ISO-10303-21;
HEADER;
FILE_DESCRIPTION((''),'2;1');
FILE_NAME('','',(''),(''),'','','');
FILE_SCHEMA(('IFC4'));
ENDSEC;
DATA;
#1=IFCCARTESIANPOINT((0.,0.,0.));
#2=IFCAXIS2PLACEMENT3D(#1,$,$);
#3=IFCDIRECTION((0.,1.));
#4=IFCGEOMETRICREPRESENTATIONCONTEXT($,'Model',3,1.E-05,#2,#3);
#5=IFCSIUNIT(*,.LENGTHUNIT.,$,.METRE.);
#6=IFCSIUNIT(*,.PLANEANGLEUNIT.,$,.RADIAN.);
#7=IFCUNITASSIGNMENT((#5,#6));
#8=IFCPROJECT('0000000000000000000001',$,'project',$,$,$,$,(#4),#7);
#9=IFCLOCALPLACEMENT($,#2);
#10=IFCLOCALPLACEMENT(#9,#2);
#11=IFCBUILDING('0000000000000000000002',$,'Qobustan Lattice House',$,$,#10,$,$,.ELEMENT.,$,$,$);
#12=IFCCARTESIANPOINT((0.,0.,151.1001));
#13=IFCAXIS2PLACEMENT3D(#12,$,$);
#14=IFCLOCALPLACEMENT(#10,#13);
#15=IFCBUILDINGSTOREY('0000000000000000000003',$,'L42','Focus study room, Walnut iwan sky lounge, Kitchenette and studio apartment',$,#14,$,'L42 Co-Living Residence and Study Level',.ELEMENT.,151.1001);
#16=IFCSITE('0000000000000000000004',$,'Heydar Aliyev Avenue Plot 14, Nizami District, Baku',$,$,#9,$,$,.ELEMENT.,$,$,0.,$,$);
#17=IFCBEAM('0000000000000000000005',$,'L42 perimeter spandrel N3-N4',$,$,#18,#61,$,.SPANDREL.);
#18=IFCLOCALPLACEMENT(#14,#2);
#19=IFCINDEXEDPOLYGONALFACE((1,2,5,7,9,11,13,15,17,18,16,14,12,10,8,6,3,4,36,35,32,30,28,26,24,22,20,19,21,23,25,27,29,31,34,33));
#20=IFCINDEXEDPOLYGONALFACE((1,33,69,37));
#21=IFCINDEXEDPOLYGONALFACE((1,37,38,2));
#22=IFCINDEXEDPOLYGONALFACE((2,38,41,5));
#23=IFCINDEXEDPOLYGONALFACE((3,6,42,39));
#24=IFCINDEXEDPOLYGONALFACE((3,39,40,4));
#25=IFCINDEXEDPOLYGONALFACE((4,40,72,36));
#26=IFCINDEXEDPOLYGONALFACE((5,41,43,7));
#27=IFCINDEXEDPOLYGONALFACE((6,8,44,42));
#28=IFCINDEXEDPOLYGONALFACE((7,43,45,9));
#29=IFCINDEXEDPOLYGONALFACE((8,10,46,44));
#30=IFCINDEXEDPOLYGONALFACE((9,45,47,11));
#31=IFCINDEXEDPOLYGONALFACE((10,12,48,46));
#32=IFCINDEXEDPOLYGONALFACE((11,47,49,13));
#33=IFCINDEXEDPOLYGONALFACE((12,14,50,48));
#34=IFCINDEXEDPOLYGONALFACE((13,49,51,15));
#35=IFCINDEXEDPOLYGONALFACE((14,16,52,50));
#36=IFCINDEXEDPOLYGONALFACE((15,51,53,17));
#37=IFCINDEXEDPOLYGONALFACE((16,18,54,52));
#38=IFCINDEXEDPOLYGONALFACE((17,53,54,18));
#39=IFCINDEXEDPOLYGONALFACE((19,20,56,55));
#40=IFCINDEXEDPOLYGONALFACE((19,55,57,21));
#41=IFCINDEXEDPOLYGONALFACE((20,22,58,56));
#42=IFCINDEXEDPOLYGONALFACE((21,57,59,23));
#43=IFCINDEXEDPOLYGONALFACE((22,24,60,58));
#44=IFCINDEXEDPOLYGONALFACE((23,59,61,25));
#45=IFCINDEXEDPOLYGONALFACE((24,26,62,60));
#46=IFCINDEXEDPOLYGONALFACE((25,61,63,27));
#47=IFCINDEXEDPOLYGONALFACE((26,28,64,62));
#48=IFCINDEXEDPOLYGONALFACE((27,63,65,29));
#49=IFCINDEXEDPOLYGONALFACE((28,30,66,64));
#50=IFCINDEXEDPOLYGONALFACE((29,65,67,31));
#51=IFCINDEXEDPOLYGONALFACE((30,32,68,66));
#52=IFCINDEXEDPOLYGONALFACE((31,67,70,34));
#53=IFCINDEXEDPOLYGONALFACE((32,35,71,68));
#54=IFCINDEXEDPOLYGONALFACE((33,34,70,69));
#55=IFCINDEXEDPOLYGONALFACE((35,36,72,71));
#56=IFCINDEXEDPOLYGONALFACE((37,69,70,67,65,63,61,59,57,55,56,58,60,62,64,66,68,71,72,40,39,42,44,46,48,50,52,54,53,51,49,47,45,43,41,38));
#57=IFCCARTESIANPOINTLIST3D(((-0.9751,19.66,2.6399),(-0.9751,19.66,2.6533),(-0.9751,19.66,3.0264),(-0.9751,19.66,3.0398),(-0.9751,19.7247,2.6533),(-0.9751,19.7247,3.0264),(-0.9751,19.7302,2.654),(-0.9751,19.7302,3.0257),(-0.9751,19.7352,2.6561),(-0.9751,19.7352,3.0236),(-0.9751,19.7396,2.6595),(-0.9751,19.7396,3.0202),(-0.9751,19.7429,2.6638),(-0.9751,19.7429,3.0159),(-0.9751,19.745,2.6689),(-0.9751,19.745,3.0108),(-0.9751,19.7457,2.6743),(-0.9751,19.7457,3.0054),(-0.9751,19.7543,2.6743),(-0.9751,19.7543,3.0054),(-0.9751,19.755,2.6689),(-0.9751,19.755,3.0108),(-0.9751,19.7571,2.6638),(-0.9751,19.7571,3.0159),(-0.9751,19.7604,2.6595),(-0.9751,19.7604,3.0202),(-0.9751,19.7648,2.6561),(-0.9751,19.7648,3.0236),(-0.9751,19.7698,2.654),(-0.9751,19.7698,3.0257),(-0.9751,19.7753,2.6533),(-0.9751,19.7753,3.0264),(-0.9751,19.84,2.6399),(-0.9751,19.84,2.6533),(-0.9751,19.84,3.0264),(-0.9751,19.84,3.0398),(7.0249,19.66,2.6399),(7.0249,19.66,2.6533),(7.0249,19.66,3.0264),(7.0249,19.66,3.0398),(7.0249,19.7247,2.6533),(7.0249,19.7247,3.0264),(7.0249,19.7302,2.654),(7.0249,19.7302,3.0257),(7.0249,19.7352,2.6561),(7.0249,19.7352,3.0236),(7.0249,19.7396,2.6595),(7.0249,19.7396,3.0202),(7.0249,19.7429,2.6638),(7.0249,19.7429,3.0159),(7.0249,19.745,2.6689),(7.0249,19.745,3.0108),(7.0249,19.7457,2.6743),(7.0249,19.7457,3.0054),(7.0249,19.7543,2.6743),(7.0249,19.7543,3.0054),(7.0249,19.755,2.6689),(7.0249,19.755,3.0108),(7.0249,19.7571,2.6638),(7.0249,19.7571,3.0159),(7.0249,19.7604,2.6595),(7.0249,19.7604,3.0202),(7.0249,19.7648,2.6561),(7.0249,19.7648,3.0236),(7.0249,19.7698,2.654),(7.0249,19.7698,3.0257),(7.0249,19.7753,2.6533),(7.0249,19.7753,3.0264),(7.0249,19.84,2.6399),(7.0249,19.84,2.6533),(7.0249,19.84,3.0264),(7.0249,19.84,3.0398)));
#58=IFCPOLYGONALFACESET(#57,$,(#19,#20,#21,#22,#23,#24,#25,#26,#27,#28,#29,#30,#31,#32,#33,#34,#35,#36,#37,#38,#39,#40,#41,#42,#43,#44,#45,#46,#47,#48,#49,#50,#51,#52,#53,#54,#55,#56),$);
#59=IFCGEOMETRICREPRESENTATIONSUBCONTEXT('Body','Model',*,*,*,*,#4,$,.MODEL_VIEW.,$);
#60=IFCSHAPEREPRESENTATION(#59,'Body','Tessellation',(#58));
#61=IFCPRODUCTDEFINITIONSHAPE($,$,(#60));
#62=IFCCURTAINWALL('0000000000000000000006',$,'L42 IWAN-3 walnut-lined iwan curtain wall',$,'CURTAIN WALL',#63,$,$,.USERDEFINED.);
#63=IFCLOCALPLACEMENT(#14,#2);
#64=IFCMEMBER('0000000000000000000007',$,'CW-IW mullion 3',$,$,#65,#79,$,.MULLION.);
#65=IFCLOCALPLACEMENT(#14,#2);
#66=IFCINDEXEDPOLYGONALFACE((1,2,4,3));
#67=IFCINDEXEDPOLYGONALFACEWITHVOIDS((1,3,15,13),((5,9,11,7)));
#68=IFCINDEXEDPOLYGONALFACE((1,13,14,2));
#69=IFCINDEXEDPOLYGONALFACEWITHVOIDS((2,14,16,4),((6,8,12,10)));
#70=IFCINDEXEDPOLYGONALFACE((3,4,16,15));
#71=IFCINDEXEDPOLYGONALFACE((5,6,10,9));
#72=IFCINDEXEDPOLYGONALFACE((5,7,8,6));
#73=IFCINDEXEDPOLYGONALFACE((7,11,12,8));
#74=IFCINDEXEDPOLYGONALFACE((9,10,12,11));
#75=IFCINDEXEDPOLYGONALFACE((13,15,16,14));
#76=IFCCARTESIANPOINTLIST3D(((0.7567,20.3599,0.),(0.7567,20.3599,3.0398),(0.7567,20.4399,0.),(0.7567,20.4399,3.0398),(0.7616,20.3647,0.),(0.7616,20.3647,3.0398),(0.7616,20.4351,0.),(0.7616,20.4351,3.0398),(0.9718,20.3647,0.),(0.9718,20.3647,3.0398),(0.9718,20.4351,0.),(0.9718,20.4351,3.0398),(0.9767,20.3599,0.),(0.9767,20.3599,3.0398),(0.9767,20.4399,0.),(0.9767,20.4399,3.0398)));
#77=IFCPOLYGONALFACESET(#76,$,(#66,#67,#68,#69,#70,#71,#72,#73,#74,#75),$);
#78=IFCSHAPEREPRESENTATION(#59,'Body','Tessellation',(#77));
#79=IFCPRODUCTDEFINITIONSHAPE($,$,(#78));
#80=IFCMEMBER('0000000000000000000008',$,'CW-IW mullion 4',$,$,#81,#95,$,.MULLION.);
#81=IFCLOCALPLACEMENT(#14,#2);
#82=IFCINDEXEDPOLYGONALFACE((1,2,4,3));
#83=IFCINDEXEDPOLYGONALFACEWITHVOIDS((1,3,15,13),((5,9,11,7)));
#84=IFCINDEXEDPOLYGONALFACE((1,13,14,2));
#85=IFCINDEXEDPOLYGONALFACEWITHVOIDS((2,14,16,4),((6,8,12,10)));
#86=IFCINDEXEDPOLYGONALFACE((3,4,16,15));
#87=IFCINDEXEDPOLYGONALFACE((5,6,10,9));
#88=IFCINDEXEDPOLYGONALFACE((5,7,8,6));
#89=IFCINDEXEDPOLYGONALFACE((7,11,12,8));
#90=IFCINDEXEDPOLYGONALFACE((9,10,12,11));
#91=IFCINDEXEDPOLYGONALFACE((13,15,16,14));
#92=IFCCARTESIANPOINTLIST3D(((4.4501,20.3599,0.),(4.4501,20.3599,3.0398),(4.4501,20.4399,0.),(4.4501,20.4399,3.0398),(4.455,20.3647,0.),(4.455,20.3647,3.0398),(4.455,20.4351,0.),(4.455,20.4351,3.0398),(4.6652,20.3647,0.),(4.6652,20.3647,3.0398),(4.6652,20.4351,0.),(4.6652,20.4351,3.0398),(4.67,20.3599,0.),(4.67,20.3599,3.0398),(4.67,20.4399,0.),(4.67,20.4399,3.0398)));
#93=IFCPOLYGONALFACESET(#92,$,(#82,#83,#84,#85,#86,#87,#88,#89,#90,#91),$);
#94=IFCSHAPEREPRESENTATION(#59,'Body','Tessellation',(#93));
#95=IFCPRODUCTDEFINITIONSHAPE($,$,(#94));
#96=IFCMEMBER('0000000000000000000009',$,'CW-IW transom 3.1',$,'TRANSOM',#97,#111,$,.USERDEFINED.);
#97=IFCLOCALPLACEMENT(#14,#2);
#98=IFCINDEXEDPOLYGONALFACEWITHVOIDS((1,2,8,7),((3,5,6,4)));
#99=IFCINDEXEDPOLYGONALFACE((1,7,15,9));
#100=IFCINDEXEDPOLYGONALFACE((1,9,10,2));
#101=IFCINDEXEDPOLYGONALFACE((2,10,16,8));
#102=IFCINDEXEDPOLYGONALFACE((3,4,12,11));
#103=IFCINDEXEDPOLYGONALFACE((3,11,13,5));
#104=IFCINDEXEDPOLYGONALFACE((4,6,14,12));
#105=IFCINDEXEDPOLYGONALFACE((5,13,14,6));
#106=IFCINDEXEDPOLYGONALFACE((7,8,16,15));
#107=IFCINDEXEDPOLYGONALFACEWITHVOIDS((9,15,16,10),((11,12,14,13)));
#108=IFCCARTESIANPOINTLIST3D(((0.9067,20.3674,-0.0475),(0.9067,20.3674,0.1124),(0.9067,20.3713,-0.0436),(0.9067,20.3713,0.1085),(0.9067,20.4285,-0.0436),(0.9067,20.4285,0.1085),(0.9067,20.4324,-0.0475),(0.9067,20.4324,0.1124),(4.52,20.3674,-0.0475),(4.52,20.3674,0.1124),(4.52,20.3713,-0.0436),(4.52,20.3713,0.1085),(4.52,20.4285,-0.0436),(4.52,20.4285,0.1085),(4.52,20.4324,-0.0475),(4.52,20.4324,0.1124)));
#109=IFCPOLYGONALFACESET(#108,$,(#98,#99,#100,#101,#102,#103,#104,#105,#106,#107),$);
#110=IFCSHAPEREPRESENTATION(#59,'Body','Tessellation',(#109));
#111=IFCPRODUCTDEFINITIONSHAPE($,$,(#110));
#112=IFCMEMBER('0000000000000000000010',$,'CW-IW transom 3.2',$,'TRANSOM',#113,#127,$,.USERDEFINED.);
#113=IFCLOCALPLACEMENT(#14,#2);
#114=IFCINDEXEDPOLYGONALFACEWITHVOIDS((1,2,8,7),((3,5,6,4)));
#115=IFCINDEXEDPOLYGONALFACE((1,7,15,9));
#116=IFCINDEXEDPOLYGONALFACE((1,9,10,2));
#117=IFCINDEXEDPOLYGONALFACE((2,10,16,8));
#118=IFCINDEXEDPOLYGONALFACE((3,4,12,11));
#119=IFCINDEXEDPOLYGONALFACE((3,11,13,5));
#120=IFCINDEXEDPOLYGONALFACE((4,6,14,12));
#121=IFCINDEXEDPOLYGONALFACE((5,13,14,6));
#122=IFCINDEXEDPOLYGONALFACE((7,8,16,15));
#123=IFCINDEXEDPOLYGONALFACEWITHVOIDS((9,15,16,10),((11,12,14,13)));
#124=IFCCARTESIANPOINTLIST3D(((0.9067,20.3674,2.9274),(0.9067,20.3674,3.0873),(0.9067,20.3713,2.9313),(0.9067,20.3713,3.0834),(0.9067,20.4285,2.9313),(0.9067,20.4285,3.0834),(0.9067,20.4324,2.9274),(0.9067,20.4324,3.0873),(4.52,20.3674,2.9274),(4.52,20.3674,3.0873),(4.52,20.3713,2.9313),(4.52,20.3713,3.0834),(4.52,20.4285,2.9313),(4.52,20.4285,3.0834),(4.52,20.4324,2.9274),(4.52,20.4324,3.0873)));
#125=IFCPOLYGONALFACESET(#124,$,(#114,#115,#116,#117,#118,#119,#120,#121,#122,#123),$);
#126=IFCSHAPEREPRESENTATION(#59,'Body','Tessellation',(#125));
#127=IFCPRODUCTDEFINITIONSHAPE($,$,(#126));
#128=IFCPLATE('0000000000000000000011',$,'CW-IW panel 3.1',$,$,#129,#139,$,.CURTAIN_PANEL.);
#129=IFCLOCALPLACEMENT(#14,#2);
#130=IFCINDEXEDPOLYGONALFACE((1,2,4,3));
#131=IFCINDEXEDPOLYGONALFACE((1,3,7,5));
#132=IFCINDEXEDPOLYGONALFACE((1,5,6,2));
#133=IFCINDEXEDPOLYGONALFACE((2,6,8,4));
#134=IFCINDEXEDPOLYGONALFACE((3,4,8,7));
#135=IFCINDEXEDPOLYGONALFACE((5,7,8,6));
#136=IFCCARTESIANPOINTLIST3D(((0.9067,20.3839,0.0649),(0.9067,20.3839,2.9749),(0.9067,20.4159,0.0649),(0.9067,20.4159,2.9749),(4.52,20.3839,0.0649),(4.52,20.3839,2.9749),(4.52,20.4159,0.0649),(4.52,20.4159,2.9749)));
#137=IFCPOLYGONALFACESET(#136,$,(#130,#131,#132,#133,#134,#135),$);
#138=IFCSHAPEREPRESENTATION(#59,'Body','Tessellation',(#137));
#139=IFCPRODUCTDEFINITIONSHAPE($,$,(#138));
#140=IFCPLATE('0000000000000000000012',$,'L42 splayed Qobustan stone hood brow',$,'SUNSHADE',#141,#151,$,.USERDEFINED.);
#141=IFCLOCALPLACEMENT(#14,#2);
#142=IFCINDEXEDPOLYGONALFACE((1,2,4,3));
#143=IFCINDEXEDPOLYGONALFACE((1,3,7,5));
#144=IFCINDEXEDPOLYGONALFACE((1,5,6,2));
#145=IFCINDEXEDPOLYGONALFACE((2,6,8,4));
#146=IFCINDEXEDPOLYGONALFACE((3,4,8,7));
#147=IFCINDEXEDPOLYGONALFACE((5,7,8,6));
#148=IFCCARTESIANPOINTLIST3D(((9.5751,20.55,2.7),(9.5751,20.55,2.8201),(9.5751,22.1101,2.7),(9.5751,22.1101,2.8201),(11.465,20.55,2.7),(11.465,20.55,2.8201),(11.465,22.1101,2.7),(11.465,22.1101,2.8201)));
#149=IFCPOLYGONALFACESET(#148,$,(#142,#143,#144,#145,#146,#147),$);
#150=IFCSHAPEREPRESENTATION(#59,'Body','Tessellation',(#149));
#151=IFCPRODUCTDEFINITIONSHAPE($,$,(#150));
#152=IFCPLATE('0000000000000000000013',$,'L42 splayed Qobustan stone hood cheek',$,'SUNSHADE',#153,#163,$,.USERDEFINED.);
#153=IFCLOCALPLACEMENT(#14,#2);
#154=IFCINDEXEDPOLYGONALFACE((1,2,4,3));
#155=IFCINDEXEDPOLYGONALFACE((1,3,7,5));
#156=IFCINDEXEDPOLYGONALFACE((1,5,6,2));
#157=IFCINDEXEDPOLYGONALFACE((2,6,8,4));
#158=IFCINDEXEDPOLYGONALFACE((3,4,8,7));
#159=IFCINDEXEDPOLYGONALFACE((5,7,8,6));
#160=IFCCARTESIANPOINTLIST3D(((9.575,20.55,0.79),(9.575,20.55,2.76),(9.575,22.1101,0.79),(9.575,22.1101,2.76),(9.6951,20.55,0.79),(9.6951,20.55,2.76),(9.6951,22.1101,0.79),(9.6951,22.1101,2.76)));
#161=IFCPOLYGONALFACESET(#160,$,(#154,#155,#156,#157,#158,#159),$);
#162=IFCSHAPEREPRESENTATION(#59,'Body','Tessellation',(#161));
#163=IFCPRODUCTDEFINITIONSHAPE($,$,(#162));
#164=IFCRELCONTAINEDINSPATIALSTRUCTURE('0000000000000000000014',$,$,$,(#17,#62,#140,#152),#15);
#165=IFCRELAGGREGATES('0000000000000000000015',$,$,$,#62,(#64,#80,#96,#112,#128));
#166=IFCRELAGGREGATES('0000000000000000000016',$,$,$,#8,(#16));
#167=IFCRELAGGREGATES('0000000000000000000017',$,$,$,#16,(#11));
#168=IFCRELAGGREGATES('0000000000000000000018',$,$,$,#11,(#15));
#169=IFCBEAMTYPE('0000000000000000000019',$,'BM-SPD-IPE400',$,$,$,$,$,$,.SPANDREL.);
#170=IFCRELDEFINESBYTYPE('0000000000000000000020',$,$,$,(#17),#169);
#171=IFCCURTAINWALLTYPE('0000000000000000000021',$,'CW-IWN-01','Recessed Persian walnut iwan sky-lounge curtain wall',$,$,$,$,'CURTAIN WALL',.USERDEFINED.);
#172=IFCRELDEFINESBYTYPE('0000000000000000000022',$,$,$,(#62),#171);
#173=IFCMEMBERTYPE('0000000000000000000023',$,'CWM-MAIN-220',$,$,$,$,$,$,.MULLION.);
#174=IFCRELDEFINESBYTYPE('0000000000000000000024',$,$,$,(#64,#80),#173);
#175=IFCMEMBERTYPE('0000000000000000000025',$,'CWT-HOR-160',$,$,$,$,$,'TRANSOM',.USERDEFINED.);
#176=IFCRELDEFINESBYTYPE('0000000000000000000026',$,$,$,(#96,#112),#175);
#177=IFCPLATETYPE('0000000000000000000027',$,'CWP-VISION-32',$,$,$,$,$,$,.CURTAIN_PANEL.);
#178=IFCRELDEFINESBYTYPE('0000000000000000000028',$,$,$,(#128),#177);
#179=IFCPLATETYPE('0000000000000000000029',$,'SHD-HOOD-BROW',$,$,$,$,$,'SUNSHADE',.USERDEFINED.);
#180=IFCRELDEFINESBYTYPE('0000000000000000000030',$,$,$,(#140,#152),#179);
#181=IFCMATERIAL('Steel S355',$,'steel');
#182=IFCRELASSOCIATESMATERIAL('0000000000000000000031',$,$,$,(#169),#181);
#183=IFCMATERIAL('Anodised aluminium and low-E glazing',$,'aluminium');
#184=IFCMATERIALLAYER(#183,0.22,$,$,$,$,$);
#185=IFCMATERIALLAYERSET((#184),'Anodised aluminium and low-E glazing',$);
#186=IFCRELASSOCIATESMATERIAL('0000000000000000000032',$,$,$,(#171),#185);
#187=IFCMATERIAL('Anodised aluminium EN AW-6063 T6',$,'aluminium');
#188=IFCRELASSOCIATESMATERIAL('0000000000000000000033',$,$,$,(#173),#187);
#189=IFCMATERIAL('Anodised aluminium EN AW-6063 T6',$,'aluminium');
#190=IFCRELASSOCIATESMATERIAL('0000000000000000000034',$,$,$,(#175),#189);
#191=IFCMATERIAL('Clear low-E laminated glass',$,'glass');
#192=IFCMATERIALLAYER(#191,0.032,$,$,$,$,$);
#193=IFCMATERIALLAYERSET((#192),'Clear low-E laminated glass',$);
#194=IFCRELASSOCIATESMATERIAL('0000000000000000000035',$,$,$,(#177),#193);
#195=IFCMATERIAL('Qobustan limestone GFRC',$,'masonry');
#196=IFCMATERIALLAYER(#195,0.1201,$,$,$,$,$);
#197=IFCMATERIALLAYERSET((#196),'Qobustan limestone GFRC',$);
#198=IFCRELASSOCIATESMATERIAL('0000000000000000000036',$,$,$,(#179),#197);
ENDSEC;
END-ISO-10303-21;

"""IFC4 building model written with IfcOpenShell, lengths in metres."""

from ifc_helpers import new_model, si_unit, direction, frame, origin, origin_2d, place, context, subcontext, project, spatial, rectangle, hollow_rectangle, i_section, extrude, material, layer, layer_set, material_profile, profile_set, type_object, element, aggregate, save


model = new_model("IFC4")

# Units and contexts
model_context = context("Model", 3, precision=1e-05, world=origin(), true_north=direction((0.0, 1.0)))
body_context = subcontext(model_context, "Body", "Model", "MODEL_VIEW")
ifc_project = project(units=[si_unit("LENGTHUNIT", "METRE"), si_unit("PLANEANGLEUNIT", "RADIAN")], contexts=[model_context])

# Site, building, storey
site_placement = place(None, origin())
site = spatial("IfcSite", under=ifc_project, at=site_placement, Name="Heydar Aliyev Avenue Plot 14, Nizami District, Baku", CompositionType="ELEMENT", RefElevation=0.0)
building_placement = place(site_placement, origin())
building = spatial("IfcBuilding", under=site, at=building_placement, Name="Qobustan Lattice House", CompositionType="ELEMENT")
storey_placement = place(building_placement, frame((0.0, 0.0, 151.1001)))
storey = spatial("IfcBuildingStorey", under=building, at=storey_placement, Name="L42", Description="Focus study room, Walnut iwan sky lounge, Kitchenette and studio apartment", LongName="L42 Co-Living Residence and Study Level", CompositionType="ELEMENT", Elevation=151.1001)

# Beam
ifc_material_1 = material(Name="Steel S355", Category="steel")
ifc_material_profile_1 = material_profile(ifc_material_1, i_section(OverallWidth=0.1799, OverallDepth=0.3999, WebThickness=0.0085, FlangeThickness=0.0134, FilletRadius=0.021, at=origin_2d()), Name="IPE400")
ifc_profile_set_1 = profile_set([ifc_material_profile_1], Name="Steel S355")
beam_type_1 = type_object("IfcBeamType", Name="BM-SPD-IPE400", PredefinedType="SPANDREL", material=ifc_profile_set_1)
for number, where, z_axis, x_axis, name in (
    (1, (7.0249, 19.75, 2.8398), (-1.0, 0.0, 0.0), (0.0, -1.0, 0.0), "L42 perimeter spandrel N3-N4"),
):
    element("IfcBeam", number, at=place(storey_placement, frame(where, z_axis=z_axis, x_axis=x_axis)), inside=storey, type_object=beam_type_1, Name=name, PredefinedType="SPANDREL", context=body_context, shape_type="SweptSolid", body=[
        extrude(i_section(OverallWidth=0.1799, OverallDepth=0.3999, WebThickness=0.0085, FlangeThickness=0.0134, FilletRadius=0.021, at=origin_2d()), origin(), (0.0, 0.0, 1.0), 8.0),
    ])

# Curtain wall, members, plate
ifc_material_2 = material(Name="Anodised aluminium and low-E glazing", Category="aluminium")
ifc_layer_1 = layer(ifc_material_2, 0.22)
ifc_layer_set_1 = layer_set([ifc_layer_1], Name="Anodised aluminium and low-E glazing")
curtain_wall_type = type_object("IfcCurtainWallType", Name="CW-IWN-01", Description="Recessed Persian walnut iwan sky-lounge curtain wall", ElementType="CURTAIN WALL", PredefinedType="USERDEFINED", material=ifc_layer_set_1)
curtain_wall_placement = place(storey_placement, origin())
curtain_wall = element("IfcCurtainWall", 2, at=curtain_wall_placement, inside=storey, type_object=curtain_wall_type, Name="L42 IWAN-3 walnut-lined iwan curtain wall", ObjectType="CURTAIN WALL", PredefinedType="USERDEFINED")
ifc_material_3 = material(Name="Anodised aluminium EN AW-6063 T6", Category="aluminium")
ifc_material_profile_2 = material_profile(ifc_material_3, hollow_rectangle(XDim=0.0801, YDim=0.22, WallThickness=0.0049, at=origin_2d()), Name="CWM-220x80")
ifc_profile_set_2 = profile_set([ifc_material_profile_2], Name="Anodised aluminium EN AW-6063 T6")
member_type_1 = type_object("IfcMemberType", Name="CWM-MAIN-220", PredefinedType="MULLION", material=ifc_profile_set_2)
member_1_placement = place(storey_placement, frame((0.8667, 20.3999, 0.0), z_axis=(0.0, 0.0, 1.0), x_axis=(0.0, 1.0, 0.0)))
member_1 = element("IfcMember", 3, at=member_1_placement, type_object=member_type_1, Name="CW-IW mullion 3", PredefinedType="MULLION", context=body_context, shape_type="SweptSolid", body=[
    extrude(hollow_rectangle(XDim=0.0801, YDim=0.22, WallThickness=0.0049, at=origin_2d()), origin(), (0.0, 0.0, 1.0), 3.0398),
])
member_2_placement = place(storey_placement, frame((4.5601, 20.3999, 0.0), z_axis=(0.0, 0.0, 1.0), x_axis=(0.0, 1.0, 0.0)))
member_2 = element("IfcMember", 4, at=member_2_placement, type_object=member_type_1, Name="CW-IW mullion 4", PredefinedType="MULLION", context=body_context, shape_type="SweptSolid", body=[
    extrude(hollow_rectangle(XDim=0.0801, YDim=0.22, WallThickness=0.0049, at=origin_2d()), origin(), (0.0, 0.0, 1.0), 3.0398),
])
ifc_material_4 = material(Name="Anodised aluminium EN AW-6063 T6", Category="aluminium")
ifc_material_profile_3 = material_profile(ifc_material_4, hollow_rectangle(XDim=0.0649, YDim=0.1599, WallThickness=0.0039, at=origin_2d()), Name="CWT-160x65")
ifc_profile_set_3 = profile_set([ifc_material_profile_3], Name="Anodised aluminium EN AW-6063 T6")
member_type_2 = type_object("IfcMemberType", Name="CWT-HOR-160", ElementType="TRANSOM", PredefinedType="USERDEFINED", material=ifc_profile_set_3)
member_3_placement = place(storey_placement, frame((0.9067, 20.3999, 0.0325), z_axis=(1.0, 0.0, 0.0), x_axis=(0.0, 1.0, 0.0)))
member_3 = element("IfcMember", 5, at=member_3_placement, type_object=member_type_2, Name="CW-IW transom 3.1", ObjectType="TRANSOM", PredefinedType="USERDEFINED", context=body_context, shape_type="SweptSolid", body=[
    extrude(hollow_rectangle(XDim=0.0649, YDim=0.1599, WallThickness=0.0039, at=origin_2d()), origin(), (0.0, 0.0, 1.0), 3.6133),
])
member_4_placement = place(storey_placement, frame((0.9067, 20.3999, 3.0073), z_axis=(1.0, 0.0, 0.0), x_axis=(0.0, 1.0, 0.0)))
member_4 = element("IfcMember", 6, at=member_4_placement, type_object=member_type_2, Name="CW-IW transom 3.2", ObjectType="TRANSOM", PredefinedType="USERDEFINED", context=body_context, shape_type="SweptSolid", body=[
    extrude(hollow_rectangle(XDim=0.0649, YDim=0.1599, WallThickness=0.0039, at=origin_2d()), origin(), (0.0, 0.0, 1.0), 3.6133),
])
ifc_material_5 = material(Name="Clear low-E laminated glass", Category="glass")
ifc_layer_2 = layer(ifc_material_5, 0.032)
ifc_layer_set_2 = layer_set([ifc_layer_2], Name="Clear low-E laminated glass")
plate_type_1 = type_object("IfcPlateType", Name="CWP-VISION-32", PredefinedType="CURTAIN_PANEL", material=ifc_layer_set_2)
plate_1_placement = place(storey_placement, frame((2.7134, 20.3999, 0.0649), z_axis=(0.0, 0.0, 1.0), x_axis=(1.0, 0.0, 0.0)))
plate_1 = element("IfcPlate", 7, at=plate_1_placement, type_object=plate_type_1, Name="CW-IW panel 3.1", PredefinedType="CURTAIN_PANEL", context=body_context, shape_type="SweptSolid", body=[
    extrude(rectangle(XDim=3.6133, YDim=0.032, at=origin_2d()), origin(), (0.0, 0.0, 1.0), 2.9099),
])
aggregate(curtain_wall, [member_1, member_2, member_3, member_4, plate_1])

# Plates
ifc_material_6 = material(Name="Qobustan limestone GFRC", Category="masonry")
ifc_layer_3 = layer(ifc_material_6, 0.1201)
ifc_layer_set_3 = layer_set([ifc_layer_3], Name="Qobustan limestone GFRC")
plate_type_2 = type_object("IfcPlateType", Name="SHD-HOOD-BROW", ElementType="SUNSHADE", PredefinedType="USERDEFINED", material=ifc_layer_set_3)
plate_2_placement = place(storey_placement, frame((10.52, 21.3301, 2.7), z_axis=(0.0, 0.0, 1.0), x_axis=(1.0, 0.0, 0.0)))
element("IfcPlate", 8, at=plate_2_placement, inside=storey, type_object=plate_type_2, Name="L42 splayed Qobustan stone hood brow", ObjectType="SUNSHADE", PredefinedType="USERDEFINED", context=body_context, shape_type="SweptSolid", body=[
    extrude(rectangle(XDim=1.8899, YDim=1.5601, at=origin_2d()), origin(), (0.0, 0.0, 1.0), 0.1201),
])
plate_3_placement = place(storey_placement, frame((9.635, 21.3301, 0.79), z_axis=(0.0, 0.0, 1.0), x_axis=(1.0, 0.0, 0.0)))
element("IfcPlate", 9, at=plate_3_placement, inside=storey, type_object=plate_type_2, Name="L42 splayed Qobustan stone hood cheek", ObjectType="SUNSHADE", PredefinedType="USERDEFINED", context=body_context, shape_type="SweptSolid", body=[
    extrude(rectangle(XDim=0.1201, YDim=1.5601, at=origin_2d()), origin(), (0.0, 0.0, 1.0), 1.97),
])

save(model, "model.ifc")
